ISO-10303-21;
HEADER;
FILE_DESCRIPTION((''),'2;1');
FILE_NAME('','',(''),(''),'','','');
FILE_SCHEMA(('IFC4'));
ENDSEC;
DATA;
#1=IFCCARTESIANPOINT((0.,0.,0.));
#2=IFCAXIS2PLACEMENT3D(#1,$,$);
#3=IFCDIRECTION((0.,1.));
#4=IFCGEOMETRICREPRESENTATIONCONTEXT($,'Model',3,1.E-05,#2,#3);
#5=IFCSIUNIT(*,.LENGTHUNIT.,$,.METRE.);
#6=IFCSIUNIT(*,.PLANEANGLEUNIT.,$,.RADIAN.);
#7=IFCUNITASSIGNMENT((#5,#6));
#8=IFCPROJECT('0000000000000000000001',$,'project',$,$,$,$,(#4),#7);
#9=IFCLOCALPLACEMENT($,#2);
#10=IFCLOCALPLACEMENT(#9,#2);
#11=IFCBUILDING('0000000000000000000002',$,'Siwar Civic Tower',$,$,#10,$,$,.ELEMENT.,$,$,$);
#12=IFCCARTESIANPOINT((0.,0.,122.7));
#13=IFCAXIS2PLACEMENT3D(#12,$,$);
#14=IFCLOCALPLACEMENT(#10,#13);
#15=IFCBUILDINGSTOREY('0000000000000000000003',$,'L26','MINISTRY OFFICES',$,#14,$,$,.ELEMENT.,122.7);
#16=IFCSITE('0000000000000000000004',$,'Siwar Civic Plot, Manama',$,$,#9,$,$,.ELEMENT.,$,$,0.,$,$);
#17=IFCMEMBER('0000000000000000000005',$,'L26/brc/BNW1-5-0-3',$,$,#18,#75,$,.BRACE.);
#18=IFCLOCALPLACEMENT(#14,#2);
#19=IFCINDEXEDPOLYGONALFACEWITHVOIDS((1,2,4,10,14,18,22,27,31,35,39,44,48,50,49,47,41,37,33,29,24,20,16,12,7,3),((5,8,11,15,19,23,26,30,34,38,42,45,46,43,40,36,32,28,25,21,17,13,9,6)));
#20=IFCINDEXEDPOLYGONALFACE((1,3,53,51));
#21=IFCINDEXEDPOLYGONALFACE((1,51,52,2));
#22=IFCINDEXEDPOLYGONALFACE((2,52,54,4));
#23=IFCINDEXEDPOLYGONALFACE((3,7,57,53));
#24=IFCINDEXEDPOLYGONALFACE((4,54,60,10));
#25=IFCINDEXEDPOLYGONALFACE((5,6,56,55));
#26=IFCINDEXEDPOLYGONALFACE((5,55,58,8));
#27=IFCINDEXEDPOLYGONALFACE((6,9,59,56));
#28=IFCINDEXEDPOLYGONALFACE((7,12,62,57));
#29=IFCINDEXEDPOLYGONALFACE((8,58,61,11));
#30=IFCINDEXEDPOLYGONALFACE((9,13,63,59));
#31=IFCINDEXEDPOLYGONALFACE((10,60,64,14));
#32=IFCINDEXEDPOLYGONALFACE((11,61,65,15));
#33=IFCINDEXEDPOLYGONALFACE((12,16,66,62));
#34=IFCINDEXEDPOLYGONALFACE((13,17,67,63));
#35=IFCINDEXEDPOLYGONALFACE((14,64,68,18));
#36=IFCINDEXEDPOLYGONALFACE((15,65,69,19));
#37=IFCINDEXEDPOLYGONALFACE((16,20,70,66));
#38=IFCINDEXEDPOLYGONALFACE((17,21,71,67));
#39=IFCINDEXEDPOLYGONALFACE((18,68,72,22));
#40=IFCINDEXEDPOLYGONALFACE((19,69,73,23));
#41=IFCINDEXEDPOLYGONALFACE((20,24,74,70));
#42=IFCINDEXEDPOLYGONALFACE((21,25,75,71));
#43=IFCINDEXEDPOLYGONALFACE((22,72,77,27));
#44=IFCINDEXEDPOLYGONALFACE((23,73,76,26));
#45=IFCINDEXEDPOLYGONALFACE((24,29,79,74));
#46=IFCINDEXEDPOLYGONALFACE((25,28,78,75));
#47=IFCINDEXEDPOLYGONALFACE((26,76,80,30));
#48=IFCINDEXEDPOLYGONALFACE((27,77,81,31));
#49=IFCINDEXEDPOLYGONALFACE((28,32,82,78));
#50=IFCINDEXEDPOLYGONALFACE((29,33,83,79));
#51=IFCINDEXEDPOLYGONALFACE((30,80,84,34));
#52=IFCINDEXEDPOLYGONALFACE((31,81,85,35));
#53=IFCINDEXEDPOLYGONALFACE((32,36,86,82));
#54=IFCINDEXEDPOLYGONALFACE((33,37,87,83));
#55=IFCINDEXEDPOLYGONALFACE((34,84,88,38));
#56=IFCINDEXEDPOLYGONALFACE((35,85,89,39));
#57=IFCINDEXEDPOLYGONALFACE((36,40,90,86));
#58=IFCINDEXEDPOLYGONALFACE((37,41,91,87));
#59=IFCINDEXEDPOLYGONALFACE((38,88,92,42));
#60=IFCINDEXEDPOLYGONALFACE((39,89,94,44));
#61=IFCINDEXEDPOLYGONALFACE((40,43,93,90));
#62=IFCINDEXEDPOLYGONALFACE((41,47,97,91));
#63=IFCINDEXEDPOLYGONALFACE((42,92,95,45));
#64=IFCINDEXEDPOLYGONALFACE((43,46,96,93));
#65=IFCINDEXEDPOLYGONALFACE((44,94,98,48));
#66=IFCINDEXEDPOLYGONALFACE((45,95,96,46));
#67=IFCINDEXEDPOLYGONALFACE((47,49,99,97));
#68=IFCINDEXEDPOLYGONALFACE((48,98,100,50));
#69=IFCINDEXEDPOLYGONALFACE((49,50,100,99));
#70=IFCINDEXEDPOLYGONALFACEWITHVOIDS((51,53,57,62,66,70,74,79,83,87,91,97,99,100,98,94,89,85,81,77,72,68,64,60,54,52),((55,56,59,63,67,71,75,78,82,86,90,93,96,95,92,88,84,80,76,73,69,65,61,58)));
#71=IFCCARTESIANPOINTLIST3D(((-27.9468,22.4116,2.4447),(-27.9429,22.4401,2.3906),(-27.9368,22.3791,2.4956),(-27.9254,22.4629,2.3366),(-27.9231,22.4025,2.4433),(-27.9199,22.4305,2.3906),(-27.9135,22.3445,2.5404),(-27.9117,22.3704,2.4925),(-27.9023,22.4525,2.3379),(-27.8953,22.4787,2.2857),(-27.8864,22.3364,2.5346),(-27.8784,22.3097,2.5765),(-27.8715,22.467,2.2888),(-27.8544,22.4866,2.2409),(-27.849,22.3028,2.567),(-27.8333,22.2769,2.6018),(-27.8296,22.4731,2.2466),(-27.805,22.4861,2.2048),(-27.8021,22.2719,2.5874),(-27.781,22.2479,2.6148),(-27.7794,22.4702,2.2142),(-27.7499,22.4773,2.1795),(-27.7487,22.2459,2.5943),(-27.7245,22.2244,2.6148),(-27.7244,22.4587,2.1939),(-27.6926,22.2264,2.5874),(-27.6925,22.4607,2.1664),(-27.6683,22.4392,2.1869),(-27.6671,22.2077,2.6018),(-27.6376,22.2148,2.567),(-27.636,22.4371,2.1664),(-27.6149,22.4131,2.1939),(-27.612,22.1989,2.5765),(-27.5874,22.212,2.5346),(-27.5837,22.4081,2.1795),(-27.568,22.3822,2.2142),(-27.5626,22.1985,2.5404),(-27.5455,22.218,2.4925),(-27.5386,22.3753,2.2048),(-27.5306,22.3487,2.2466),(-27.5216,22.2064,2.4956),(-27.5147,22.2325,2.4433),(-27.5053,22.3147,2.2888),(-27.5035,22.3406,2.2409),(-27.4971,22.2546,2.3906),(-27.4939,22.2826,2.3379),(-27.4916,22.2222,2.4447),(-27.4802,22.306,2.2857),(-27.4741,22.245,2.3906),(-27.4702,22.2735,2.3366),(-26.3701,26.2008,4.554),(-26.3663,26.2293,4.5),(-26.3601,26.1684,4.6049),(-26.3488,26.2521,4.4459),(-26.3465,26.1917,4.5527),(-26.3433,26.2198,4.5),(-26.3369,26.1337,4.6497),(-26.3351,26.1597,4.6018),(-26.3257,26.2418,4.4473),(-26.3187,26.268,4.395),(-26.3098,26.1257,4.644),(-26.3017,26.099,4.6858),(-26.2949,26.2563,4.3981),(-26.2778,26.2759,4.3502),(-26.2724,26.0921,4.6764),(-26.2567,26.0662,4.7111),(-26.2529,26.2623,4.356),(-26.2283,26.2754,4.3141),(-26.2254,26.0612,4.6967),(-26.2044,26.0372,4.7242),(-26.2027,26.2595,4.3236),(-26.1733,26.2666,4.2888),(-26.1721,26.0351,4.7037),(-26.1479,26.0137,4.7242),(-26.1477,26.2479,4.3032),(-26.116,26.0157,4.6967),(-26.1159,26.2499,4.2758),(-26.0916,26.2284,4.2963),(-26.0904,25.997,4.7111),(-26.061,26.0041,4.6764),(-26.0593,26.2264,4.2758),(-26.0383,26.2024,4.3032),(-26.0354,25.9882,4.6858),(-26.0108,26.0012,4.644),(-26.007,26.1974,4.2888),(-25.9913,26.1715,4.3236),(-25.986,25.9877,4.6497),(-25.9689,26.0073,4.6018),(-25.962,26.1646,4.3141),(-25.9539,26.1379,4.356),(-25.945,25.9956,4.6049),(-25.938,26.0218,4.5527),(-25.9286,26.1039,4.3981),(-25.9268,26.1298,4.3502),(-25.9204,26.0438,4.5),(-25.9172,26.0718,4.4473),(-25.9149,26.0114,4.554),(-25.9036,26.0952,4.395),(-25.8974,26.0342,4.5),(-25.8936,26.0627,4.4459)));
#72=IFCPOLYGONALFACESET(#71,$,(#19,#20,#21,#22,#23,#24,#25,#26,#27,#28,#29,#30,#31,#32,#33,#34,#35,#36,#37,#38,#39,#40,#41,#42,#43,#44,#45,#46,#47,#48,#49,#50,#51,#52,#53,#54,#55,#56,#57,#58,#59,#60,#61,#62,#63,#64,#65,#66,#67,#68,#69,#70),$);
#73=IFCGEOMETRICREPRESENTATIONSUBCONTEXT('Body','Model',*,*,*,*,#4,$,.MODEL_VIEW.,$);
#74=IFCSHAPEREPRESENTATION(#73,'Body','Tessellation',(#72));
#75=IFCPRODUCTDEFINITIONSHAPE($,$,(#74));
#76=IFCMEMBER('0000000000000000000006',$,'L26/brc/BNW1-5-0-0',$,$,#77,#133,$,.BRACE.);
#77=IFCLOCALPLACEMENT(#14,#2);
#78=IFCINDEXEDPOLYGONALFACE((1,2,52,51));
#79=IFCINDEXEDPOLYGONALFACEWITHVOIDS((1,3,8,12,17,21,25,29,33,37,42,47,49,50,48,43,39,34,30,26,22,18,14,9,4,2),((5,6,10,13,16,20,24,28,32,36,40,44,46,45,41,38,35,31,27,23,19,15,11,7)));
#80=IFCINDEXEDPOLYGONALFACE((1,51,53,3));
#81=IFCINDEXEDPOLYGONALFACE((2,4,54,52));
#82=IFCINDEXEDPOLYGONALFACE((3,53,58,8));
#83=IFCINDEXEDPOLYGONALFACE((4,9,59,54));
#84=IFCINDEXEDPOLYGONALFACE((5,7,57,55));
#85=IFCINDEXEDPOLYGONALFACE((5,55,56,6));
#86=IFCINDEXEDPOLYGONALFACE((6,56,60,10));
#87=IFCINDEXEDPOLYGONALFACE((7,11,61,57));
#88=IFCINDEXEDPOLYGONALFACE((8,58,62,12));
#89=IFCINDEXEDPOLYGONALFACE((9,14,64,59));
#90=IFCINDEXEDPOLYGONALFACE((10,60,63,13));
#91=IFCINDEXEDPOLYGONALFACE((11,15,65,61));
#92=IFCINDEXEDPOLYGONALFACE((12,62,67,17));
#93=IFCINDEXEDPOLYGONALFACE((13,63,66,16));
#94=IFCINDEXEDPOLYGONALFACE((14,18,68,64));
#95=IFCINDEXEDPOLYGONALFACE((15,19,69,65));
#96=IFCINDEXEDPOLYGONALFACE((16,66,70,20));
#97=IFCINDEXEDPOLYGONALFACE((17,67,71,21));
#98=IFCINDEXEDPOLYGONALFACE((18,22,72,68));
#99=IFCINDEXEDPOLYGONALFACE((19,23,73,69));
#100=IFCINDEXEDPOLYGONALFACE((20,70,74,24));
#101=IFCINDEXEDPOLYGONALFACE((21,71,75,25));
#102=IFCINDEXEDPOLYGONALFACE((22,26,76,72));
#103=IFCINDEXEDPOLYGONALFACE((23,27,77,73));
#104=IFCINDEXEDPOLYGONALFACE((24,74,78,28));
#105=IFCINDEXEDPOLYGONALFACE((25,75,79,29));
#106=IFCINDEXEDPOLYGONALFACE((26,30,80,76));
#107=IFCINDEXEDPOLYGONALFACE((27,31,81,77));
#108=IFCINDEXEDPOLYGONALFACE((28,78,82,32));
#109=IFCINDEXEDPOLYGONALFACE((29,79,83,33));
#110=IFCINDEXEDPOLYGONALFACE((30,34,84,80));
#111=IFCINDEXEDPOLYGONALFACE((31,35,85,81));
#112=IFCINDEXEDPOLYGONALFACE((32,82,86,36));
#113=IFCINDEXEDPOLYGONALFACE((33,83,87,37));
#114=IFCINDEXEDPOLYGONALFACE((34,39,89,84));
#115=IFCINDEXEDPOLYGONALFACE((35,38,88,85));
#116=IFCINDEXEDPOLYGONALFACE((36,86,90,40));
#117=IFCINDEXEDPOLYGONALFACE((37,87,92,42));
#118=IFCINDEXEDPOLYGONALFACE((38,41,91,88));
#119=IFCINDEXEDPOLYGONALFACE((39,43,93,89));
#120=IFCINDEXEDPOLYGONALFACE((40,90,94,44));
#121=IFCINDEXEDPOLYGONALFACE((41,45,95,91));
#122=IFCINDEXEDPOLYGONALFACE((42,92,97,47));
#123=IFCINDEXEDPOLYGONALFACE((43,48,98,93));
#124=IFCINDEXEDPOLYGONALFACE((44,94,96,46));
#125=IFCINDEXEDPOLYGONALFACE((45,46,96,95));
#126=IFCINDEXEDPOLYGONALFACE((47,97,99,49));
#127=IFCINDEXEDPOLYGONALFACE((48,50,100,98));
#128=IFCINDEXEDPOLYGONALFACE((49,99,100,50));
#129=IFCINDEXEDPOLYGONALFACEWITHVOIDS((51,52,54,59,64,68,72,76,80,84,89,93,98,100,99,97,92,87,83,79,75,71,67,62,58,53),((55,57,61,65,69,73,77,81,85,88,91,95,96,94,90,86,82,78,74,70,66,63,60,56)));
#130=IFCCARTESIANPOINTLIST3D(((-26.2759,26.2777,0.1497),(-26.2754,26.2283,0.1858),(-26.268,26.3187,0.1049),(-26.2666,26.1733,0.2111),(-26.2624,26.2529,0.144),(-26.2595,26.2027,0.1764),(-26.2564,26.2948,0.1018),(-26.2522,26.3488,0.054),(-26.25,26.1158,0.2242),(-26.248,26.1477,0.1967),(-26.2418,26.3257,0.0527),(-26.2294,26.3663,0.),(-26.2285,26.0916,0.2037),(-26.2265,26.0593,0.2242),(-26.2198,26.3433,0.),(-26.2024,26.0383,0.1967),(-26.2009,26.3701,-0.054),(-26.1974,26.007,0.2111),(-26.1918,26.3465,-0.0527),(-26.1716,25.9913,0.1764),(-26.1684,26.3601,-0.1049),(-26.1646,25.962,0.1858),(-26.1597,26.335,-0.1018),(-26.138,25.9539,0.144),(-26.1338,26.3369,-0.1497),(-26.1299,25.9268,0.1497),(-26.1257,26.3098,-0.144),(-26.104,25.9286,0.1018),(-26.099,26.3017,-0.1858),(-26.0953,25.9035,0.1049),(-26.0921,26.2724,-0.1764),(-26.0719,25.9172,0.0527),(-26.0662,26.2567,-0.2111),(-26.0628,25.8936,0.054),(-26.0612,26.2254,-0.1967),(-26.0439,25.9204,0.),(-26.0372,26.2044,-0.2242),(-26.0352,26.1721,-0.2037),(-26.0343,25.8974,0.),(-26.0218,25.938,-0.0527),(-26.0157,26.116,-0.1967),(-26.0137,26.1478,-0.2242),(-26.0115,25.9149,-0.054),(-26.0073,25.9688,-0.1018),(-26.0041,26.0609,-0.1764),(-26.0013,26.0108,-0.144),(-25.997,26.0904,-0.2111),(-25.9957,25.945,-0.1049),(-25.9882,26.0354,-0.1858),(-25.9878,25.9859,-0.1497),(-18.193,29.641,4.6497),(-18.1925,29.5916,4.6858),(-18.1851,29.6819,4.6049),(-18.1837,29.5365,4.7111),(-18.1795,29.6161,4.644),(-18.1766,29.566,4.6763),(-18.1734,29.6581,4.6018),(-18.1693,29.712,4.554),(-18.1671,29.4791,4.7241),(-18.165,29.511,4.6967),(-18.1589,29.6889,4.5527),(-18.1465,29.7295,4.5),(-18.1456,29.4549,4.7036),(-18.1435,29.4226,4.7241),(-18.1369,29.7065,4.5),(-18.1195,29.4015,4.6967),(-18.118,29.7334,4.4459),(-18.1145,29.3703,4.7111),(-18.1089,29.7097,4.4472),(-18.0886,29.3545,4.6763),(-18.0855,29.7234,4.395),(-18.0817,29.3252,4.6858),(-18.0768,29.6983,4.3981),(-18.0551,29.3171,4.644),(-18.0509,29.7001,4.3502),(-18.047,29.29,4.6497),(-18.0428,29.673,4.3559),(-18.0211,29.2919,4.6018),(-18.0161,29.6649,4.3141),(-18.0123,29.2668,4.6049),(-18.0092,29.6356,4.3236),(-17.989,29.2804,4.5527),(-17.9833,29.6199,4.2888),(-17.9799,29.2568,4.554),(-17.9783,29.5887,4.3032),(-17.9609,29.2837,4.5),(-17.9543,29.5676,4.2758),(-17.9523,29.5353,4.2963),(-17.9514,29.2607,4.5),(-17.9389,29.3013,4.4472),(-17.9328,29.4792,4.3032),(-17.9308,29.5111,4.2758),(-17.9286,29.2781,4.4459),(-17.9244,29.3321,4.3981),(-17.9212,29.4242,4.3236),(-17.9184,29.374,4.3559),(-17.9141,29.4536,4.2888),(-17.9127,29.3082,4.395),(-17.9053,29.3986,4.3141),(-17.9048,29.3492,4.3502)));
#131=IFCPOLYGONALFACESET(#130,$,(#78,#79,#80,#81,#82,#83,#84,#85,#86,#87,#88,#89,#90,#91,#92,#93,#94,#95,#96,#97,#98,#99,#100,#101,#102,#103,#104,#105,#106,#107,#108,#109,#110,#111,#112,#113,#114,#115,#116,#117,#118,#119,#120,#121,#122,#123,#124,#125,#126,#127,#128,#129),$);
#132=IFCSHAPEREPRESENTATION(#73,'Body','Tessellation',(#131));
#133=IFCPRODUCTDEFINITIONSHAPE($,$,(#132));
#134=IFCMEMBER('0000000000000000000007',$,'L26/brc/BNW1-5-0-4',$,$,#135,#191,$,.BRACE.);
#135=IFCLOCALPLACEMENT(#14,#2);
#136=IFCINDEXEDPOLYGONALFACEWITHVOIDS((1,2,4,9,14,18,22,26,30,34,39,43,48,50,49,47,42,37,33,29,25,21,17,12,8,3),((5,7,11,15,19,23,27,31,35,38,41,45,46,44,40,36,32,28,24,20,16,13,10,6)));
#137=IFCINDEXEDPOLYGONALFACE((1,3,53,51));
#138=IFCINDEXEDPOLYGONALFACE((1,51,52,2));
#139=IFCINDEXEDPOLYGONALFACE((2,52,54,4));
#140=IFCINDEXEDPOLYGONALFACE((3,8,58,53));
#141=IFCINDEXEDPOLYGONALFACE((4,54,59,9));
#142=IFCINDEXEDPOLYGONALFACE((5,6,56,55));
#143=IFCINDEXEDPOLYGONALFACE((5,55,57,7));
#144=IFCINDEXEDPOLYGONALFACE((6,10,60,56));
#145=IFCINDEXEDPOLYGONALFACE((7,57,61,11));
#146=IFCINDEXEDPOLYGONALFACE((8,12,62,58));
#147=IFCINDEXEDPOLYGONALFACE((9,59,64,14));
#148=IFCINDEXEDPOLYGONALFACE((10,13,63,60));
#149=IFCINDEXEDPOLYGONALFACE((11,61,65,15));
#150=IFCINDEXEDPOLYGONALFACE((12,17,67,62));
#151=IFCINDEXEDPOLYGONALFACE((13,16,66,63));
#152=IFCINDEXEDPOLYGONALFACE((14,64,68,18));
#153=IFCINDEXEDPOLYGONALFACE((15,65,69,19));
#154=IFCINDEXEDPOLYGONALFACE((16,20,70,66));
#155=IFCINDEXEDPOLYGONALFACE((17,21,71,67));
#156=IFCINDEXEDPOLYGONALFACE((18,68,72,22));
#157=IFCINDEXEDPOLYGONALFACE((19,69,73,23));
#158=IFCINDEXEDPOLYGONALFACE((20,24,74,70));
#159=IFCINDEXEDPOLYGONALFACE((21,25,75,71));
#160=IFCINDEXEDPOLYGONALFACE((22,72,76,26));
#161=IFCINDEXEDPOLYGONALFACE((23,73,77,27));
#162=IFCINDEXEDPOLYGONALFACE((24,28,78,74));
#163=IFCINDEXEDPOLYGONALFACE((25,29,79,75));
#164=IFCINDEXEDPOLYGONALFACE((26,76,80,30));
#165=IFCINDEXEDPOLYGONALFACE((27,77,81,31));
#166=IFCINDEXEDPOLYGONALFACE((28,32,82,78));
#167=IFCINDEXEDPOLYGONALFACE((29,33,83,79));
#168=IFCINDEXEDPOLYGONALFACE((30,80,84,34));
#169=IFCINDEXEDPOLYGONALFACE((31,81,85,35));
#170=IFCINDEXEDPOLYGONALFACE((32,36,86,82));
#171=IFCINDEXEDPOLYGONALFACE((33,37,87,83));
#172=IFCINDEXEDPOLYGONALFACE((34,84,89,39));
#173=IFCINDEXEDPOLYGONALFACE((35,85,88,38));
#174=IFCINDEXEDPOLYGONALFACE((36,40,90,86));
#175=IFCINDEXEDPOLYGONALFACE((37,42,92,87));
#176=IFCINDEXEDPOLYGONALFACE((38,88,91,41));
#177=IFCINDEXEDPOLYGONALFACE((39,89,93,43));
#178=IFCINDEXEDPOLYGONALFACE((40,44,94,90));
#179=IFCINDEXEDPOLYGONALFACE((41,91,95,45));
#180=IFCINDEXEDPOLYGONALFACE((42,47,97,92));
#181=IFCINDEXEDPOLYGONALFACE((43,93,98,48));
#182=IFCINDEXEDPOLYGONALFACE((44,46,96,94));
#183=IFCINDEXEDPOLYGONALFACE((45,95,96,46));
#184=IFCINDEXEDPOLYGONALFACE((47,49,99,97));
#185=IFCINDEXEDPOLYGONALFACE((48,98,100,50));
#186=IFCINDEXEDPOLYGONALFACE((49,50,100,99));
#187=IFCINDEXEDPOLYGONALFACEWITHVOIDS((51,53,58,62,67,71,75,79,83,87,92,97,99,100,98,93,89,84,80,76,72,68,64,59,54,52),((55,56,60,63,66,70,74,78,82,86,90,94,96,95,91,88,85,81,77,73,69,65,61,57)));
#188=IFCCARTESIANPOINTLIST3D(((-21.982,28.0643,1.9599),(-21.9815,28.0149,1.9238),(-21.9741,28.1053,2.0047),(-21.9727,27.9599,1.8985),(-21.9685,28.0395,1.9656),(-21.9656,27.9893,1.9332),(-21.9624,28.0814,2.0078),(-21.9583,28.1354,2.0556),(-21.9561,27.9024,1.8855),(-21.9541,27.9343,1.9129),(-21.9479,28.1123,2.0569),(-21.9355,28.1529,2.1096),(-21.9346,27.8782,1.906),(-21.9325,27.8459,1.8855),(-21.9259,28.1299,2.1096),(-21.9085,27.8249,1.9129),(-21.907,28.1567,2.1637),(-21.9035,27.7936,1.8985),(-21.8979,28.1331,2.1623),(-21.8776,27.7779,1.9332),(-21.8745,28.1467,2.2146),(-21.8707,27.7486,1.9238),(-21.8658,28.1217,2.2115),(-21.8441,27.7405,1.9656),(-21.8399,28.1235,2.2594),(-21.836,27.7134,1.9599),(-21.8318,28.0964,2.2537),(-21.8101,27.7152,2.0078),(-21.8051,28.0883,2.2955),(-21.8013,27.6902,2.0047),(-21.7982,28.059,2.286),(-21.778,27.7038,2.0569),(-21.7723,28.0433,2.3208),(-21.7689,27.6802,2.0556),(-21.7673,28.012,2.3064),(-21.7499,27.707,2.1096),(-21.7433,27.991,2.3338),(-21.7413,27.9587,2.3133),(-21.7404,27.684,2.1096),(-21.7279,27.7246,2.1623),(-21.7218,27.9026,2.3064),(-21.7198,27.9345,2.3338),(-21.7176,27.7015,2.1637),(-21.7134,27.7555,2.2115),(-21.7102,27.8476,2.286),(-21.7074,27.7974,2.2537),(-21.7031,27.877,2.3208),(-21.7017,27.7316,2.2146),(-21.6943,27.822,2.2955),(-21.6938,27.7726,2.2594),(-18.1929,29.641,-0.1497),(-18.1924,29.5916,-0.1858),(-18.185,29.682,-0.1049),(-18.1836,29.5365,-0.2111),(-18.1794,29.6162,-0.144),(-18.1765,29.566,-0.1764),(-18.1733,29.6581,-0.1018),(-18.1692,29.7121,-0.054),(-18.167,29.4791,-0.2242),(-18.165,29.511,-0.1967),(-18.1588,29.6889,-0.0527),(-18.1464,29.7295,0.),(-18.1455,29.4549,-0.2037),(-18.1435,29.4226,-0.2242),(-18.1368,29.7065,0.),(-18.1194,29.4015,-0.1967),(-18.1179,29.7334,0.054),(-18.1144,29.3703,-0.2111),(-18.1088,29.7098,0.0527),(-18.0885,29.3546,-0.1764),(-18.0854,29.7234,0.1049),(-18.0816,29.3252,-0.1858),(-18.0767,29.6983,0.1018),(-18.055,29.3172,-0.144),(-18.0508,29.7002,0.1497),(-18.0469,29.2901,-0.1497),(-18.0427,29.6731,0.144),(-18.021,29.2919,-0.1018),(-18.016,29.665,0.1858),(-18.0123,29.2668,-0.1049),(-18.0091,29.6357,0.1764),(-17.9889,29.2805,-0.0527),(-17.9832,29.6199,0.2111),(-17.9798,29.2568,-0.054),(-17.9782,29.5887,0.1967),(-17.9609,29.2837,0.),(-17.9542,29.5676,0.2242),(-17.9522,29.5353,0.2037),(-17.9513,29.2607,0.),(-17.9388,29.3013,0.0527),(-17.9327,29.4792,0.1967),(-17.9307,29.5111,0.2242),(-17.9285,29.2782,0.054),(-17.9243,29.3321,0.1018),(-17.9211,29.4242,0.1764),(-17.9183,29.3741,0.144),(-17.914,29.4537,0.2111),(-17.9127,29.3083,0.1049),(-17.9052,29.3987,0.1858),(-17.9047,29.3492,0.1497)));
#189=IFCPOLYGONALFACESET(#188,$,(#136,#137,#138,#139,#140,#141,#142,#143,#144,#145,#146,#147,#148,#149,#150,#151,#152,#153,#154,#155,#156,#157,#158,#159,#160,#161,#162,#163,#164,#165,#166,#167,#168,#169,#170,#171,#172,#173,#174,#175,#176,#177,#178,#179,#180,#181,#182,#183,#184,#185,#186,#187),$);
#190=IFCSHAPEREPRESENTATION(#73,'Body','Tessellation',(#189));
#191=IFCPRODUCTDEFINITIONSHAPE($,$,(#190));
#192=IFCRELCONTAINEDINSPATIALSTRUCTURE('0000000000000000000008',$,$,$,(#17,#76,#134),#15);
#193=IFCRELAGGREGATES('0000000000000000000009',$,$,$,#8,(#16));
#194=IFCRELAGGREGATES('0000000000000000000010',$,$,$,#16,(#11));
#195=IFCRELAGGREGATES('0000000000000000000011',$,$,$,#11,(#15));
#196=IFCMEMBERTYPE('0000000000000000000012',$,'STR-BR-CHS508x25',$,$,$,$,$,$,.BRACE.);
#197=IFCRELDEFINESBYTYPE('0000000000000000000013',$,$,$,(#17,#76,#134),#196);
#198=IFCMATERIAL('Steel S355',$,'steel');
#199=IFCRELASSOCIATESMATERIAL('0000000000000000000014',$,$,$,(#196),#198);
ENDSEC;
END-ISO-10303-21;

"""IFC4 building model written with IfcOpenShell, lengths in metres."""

from ifc_helpers import new_model, si_unit, direction, frame, origin, origin_2d, place, context, subcontext, project, spatial, hollow_circle, extrude, material, material_profile, profile_set, type_object, element, save


model = new_model("IFC4")

# Units and contexts
model_context = context("Model", 3, precision=1e-05, world=origin(), true_north=direction((0.0, 1.0)))
body_context = subcontext(model_context, "Body", "Model", "MODEL_VIEW")
ifc_project = project(units=[si_unit("LENGTHUNIT", "METRE"), si_unit("PLANEANGLEUNIT", "RADIAN")], contexts=[model_context])

# Site, building, storey
site_placement = place(None, origin())
site = spatial("IfcSite", under=ifc_project, at=site_placement, Name="Siwar Civic Plot, Manama", CompositionType="ELEMENT", RefElevation=0.0)
building_placement = place(site_placement, origin())
building = spatial("IfcBuilding", under=site, at=building_placement, Name="Siwar Civic Tower", CompositionType="ELEMENT")
storey_placement = place(building_placement, frame((0.0, 0.0, 122.7)))
storey = spatial("IfcBuildingStorey", under=building, at=storey_placement, Name="L26", Description="MINISTRY OFFICES", CompositionType="ELEMENT", Elevation=122.7)

# Members
ifc_material_1 = material(Name="Steel S355", Category="steel")
ifc_material_profile_1 = material_profile(ifc_material_1, hollow_circle(Radius=0.2539, WallThickness=0.0249, at=origin_2d()), Name="CHS508x25")
ifc_profile_set_1 = profile_set([ifc_material_profile_1], Name="Steel S355")
member_type_1 = type_object("IfcMemberType", Name="STR-BR-CHS508x25", PredefinedType="BRACE", material=ifc_profile_set_1)
member_1_placement = place(storey_placement, frame((-27.7085, 22.3425, 2.3906), z_axis=(0.341671, 0.821163, 0.457113), x_axis=(-0.923269, 0.384155, 0.0)))
element("IfcMember", 1, at=member_1_placement, inside=storey, type_object=member_type_1, Name="L26/brc/BNW1-5-0-3", PredefinedType="BRACE", context=body_context, shape_type="SweptSolid", body=[
    extrude(hollow_circle(Radius=0.2539, WallThickness=0.0249, at=origin_2d()), origin(), (0.0, 0.0, 1.0), 4.6145),
])
member_2_placement = place(storey_placement, frame((-26.1318, 26.1318, 0.0), z_axis=(0.821143, 0.341671, 0.457149), x_axis=(-0.384164, 0.923265, 0.0)))
element("IfcMember", 2, at=member_2_placement, inside=storey, type_object=member_type_1, Name="L26/brc/BNW1-5-0-0", PredefinedType="BRACE", context=body_context, shape_type="SweptSolid", body=[
    extrude(hollow_circle(Radius=0.2539, WallThickness=0.0249, at=origin_2d()), origin(), (0.0, 0.0, 1.0), 9.8435),
])
for number, where, z_axis, x_axis, name in (
    (3, (-18.0488, 29.4951, 0.0), (-0.821126, -0.341677, 0.457175), (0.384176, -0.92326, 0.0), "L26/brc/BNW1-5-0-4"),
):
    element("IfcMember", number, at=place(storey_placement, frame(where, z_axis=z_axis, x_axis=x_axis)), inside=storey, type_object=member_type_1, Name=name, PredefinedType="BRACE", context=body_context, shape_type="SweptSolid", body=[
        extrude(hollow_circle(Radius=0.2539, WallThickness=0.0249, at=origin_2d()), origin(), (0.0, 0.0, 1.0), 4.6145),
    ])

save(model, "model.ifc")
